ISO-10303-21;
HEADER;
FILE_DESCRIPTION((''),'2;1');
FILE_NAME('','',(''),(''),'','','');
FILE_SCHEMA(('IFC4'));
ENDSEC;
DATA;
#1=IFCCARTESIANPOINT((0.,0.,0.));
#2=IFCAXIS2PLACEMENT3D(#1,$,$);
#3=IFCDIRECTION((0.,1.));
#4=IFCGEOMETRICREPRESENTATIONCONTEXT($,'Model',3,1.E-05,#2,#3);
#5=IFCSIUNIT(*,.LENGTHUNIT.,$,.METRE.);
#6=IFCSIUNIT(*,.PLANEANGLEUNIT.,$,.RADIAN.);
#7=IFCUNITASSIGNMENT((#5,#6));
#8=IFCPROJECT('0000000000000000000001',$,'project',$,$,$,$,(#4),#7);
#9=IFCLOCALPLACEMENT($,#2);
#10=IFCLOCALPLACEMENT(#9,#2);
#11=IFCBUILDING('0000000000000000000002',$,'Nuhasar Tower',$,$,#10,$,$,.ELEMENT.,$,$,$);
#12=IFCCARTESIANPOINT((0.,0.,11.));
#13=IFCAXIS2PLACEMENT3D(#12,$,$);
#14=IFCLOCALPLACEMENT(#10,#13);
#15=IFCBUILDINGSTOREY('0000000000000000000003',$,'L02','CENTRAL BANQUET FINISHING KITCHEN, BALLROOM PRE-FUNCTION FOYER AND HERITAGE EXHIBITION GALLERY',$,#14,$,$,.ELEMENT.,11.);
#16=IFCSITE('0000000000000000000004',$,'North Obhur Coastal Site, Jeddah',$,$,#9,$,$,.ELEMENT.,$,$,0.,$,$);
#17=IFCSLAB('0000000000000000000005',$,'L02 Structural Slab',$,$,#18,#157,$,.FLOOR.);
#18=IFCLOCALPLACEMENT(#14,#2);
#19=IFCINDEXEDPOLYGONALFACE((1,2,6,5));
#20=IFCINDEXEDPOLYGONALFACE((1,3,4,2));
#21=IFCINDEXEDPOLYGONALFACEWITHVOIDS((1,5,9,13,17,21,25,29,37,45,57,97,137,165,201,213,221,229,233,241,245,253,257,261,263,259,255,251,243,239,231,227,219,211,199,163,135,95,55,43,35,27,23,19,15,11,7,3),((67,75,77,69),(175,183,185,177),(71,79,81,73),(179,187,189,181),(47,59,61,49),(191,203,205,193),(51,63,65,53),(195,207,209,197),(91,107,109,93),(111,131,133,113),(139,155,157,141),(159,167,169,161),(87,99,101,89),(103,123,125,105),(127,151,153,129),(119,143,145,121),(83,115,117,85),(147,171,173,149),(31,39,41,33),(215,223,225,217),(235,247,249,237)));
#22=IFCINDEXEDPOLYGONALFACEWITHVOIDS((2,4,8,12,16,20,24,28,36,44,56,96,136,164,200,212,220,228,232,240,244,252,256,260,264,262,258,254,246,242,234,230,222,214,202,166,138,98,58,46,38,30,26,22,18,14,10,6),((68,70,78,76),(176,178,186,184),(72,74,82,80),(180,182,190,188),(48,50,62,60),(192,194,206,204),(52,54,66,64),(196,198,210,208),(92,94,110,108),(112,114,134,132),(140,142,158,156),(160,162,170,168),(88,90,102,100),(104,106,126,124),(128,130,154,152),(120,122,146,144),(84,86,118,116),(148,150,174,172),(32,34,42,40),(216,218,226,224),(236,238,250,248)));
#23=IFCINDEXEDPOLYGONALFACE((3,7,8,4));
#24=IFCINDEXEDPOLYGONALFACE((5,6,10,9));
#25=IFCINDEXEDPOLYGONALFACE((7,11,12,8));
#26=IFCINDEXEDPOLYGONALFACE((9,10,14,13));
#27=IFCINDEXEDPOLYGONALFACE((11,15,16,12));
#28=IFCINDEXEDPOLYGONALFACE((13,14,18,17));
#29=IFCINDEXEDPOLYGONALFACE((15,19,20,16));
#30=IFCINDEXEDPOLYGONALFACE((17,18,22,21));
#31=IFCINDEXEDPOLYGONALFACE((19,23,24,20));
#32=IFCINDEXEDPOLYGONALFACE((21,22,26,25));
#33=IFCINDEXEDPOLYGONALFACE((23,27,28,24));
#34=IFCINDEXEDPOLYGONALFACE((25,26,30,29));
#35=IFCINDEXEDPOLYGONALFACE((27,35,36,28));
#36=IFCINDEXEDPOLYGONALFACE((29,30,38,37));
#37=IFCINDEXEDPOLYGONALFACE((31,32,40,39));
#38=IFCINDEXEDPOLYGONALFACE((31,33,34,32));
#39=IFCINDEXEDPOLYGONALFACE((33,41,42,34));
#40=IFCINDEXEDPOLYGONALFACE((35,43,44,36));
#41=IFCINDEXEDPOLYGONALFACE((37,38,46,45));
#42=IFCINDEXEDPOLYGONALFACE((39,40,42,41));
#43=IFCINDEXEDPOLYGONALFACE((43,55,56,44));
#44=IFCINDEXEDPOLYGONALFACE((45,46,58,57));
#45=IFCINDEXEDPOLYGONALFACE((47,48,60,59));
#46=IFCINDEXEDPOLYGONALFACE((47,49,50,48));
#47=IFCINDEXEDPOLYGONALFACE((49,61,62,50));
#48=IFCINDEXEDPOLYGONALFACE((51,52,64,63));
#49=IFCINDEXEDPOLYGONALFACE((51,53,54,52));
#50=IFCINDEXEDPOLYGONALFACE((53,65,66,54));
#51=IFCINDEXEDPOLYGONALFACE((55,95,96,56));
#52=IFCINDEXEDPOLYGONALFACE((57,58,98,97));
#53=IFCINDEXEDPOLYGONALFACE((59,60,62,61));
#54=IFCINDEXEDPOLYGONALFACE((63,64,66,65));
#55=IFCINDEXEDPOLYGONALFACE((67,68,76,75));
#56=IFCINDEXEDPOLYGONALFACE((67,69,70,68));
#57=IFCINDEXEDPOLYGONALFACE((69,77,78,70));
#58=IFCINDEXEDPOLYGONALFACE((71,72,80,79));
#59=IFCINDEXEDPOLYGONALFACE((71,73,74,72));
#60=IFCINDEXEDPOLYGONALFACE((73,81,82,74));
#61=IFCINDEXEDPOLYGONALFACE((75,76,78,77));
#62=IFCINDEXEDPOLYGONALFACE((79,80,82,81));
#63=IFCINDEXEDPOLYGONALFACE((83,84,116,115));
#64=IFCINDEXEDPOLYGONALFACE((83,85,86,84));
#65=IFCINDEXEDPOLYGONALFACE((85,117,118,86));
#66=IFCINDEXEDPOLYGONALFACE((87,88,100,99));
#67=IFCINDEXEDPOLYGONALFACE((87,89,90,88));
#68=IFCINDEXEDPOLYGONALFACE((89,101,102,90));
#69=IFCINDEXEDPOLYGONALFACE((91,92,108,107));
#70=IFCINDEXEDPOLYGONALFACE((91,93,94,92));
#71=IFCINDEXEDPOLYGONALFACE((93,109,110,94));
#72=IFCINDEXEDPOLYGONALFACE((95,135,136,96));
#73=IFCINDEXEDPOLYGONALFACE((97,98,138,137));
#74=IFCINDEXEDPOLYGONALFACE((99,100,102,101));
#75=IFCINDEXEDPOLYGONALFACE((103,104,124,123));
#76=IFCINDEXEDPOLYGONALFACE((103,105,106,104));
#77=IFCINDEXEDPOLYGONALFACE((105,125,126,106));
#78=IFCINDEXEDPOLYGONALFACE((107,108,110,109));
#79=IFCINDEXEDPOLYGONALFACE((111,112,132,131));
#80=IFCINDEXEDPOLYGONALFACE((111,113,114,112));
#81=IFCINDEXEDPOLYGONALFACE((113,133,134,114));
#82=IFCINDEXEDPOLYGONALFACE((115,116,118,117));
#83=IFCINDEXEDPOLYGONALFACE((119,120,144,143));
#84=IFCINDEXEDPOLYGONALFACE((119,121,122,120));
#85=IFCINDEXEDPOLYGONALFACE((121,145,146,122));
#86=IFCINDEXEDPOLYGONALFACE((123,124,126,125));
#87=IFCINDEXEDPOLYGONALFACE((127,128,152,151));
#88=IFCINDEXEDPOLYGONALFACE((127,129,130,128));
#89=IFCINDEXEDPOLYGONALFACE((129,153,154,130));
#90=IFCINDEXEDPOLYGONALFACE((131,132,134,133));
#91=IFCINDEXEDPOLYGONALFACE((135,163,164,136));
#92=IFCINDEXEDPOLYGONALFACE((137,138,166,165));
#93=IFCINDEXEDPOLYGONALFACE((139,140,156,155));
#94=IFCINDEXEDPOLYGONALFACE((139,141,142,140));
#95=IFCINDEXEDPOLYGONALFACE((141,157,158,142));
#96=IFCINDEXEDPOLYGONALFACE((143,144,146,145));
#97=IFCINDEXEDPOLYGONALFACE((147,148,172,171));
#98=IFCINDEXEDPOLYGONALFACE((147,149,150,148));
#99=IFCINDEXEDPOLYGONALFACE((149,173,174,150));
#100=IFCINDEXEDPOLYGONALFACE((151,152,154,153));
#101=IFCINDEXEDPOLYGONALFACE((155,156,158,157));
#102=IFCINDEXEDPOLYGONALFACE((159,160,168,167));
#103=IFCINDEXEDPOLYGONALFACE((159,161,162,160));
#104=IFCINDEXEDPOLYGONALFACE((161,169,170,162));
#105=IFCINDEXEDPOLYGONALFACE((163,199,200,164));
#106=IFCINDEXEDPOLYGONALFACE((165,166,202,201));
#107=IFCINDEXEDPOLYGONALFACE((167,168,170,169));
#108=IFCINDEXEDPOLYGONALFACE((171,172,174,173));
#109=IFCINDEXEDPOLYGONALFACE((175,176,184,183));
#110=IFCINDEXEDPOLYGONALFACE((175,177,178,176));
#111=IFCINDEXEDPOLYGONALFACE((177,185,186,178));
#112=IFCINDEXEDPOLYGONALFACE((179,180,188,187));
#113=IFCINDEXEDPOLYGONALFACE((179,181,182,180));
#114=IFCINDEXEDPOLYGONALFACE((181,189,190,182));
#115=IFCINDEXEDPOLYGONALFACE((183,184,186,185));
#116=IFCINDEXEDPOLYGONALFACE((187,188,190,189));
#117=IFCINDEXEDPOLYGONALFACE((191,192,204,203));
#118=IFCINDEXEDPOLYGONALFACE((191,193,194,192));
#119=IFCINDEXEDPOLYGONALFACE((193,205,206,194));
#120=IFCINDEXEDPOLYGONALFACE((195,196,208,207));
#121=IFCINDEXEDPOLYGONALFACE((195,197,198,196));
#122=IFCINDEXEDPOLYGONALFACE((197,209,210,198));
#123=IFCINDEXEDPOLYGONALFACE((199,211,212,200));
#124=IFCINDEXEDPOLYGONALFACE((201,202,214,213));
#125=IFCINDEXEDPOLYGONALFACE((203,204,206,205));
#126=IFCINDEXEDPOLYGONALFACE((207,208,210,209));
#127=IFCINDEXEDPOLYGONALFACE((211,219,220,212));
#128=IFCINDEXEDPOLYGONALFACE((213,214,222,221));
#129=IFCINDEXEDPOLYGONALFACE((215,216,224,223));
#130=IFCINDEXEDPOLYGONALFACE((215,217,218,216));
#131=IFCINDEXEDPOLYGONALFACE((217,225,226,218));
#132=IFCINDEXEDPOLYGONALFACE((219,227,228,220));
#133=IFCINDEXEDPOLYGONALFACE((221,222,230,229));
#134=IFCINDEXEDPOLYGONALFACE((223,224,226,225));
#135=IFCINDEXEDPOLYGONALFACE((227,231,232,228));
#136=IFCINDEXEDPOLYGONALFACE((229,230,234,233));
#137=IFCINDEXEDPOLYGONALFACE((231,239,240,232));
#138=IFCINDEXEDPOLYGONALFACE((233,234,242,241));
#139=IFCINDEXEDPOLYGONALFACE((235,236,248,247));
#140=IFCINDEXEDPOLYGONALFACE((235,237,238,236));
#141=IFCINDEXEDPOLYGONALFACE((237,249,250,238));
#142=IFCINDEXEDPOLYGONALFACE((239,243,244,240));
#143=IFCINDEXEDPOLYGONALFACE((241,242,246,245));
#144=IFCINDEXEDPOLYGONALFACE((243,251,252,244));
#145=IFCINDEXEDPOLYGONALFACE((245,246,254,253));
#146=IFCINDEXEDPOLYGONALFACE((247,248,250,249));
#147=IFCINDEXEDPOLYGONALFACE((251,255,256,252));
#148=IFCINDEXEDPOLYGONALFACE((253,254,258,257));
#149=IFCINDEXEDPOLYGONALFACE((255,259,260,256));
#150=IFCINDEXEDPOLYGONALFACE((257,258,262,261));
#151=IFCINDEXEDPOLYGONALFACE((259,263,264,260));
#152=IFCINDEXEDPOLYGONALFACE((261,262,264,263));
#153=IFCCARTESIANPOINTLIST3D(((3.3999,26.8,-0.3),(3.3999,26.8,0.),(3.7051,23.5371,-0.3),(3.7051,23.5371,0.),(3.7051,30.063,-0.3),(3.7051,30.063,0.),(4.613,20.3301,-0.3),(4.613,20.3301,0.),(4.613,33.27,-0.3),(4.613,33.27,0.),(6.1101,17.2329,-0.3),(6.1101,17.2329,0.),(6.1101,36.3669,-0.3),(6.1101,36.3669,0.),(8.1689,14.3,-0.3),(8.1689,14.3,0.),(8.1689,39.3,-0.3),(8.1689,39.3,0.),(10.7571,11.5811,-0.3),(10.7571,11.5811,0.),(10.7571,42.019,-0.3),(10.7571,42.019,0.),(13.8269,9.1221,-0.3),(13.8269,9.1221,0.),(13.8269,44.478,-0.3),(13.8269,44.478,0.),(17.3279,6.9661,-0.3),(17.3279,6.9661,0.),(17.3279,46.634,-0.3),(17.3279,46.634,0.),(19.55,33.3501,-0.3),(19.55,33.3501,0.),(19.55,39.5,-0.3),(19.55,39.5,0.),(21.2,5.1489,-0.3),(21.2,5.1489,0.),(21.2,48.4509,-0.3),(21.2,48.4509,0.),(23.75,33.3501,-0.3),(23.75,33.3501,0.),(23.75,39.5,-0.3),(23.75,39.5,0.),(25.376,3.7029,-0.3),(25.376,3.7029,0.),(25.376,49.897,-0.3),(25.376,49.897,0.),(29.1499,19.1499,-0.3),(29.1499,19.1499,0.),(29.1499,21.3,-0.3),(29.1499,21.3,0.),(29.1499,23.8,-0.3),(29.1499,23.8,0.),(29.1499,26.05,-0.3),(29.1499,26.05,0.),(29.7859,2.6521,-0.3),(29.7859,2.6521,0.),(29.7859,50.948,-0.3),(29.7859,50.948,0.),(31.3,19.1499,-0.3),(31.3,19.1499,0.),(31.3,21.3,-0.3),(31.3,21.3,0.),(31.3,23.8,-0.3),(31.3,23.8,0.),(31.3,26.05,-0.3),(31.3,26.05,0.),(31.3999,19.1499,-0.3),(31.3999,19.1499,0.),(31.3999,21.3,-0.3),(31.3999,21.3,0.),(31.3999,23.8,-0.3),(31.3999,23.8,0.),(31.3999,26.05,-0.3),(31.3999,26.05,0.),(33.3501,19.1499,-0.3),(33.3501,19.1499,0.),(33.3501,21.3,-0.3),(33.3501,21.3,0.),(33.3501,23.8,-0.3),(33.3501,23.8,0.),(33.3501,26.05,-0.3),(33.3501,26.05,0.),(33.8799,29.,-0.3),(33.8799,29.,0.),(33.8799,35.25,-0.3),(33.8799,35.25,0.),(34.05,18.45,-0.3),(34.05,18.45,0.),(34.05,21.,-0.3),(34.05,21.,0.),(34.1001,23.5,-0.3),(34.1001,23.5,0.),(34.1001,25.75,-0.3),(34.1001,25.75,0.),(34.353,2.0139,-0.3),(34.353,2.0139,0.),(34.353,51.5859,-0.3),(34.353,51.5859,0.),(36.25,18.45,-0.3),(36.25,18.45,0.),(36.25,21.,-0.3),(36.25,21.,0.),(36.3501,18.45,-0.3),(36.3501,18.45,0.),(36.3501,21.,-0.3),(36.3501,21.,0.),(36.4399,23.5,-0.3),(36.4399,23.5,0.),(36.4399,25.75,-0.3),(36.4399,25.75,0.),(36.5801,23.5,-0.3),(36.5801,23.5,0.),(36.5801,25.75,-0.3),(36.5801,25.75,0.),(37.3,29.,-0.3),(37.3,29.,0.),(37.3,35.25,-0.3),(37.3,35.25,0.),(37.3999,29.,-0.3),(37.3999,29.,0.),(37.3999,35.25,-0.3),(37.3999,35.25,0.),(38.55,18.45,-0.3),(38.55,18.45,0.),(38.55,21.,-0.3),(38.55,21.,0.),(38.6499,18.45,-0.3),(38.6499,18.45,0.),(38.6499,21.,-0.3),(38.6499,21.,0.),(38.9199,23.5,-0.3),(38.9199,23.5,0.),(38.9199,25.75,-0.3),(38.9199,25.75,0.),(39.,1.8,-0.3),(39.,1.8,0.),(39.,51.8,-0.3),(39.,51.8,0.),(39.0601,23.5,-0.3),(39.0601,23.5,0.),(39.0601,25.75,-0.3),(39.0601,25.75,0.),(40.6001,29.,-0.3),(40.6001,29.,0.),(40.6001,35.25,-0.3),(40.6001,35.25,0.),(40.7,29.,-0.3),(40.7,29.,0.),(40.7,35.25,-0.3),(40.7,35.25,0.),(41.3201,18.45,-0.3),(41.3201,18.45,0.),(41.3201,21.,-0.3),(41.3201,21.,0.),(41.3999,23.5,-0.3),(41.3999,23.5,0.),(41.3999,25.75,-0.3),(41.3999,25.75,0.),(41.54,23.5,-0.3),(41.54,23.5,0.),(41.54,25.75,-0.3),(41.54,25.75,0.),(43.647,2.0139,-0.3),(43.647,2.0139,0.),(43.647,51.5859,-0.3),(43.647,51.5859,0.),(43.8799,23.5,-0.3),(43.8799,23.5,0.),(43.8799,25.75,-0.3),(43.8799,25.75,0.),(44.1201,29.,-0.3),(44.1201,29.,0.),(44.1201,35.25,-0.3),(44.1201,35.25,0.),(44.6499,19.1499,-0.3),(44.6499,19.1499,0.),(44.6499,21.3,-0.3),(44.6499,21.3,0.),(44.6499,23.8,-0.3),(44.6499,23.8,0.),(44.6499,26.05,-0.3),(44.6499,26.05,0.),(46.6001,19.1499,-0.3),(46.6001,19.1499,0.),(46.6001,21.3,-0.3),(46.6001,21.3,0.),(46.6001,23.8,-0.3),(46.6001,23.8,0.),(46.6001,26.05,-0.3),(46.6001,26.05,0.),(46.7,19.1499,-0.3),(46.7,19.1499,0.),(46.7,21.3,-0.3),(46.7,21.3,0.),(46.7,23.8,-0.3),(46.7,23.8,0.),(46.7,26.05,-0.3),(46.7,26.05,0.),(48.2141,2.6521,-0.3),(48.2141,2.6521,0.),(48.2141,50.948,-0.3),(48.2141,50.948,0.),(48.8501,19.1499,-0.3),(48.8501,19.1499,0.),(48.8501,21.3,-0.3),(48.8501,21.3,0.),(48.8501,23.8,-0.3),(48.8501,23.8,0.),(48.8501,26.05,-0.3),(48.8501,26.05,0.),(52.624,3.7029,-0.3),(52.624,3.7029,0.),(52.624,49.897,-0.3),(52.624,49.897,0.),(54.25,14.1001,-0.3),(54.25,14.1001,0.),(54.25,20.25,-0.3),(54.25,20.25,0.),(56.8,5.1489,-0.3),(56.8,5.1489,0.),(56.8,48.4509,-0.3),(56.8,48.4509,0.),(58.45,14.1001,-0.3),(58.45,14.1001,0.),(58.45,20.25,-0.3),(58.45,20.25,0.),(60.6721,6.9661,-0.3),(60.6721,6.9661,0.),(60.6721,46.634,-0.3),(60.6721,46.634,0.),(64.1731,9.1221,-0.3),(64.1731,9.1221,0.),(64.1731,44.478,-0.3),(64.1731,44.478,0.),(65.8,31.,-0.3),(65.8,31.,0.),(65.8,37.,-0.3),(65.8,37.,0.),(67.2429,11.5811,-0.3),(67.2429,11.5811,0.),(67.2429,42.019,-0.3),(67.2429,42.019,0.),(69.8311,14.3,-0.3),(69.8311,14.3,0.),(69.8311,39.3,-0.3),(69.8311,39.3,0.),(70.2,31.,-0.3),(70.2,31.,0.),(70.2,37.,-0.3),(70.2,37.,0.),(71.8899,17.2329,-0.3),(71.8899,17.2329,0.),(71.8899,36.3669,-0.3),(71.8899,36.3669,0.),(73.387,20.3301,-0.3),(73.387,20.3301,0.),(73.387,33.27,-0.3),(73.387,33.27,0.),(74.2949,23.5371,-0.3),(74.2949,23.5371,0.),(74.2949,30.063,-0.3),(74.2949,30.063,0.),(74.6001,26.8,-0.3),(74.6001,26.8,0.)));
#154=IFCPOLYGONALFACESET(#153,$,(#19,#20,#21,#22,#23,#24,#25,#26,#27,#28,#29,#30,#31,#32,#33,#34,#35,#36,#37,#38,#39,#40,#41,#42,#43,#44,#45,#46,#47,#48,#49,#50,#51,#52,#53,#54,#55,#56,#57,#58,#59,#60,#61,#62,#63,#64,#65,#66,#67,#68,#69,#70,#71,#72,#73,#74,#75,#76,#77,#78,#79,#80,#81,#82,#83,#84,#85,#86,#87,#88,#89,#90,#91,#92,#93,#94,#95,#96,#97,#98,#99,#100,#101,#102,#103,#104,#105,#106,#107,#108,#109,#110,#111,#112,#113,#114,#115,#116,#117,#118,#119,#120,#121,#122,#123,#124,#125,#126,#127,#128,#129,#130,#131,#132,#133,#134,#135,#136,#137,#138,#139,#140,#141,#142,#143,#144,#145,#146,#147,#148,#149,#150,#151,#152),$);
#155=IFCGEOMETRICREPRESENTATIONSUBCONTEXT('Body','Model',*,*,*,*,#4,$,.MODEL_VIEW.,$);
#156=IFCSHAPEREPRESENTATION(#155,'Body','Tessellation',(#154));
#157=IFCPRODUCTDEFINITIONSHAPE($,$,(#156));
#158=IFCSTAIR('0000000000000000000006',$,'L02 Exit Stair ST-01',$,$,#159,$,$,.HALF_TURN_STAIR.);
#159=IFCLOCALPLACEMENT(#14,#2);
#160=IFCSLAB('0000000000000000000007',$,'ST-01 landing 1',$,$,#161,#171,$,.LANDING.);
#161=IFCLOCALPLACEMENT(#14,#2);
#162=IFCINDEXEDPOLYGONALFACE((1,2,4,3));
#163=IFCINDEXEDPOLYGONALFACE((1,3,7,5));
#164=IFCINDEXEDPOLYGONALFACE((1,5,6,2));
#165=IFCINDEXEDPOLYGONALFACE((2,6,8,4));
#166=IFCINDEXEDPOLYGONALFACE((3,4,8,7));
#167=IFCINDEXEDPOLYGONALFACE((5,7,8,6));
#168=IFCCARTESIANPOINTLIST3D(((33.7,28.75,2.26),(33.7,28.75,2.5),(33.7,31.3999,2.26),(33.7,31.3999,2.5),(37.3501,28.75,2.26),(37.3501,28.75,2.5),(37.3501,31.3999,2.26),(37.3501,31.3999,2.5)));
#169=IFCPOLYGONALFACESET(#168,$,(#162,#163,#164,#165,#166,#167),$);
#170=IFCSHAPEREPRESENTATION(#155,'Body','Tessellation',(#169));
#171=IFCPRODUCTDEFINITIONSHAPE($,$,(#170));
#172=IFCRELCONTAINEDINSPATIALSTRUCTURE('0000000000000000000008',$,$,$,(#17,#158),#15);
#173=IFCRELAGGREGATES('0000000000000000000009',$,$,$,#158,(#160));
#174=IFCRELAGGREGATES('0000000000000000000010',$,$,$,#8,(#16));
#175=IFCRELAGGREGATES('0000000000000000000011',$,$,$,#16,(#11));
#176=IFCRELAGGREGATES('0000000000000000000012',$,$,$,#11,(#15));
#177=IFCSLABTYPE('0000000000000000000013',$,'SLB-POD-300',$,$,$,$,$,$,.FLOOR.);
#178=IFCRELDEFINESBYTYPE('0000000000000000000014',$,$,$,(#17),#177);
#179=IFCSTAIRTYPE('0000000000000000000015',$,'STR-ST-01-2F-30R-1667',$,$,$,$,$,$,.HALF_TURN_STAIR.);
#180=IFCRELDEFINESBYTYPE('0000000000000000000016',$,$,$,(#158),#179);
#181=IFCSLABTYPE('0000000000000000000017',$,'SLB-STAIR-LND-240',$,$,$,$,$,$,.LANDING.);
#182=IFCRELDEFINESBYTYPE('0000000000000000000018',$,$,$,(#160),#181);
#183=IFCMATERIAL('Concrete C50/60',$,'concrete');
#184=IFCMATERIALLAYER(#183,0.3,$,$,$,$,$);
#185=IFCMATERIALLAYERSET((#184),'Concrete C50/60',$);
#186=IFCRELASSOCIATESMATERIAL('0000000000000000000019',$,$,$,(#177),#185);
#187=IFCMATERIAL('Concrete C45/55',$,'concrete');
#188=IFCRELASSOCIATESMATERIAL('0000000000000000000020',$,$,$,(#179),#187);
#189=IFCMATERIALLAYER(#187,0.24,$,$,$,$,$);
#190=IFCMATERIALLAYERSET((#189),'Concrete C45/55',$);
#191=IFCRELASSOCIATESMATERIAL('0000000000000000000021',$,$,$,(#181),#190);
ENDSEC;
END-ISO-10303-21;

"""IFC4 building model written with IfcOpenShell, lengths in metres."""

from ifc_helpers import new_model, si_unit, direction, frame, origin, place, context, subcontext, project, spatial, polyline, outline, extrude, material, layer, layer_set, type_object, element, aggregate, save


model = new_model("IFC4")

# Units and contexts
model_context = context("Model", 3, precision=1e-05, world=origin(), true_north=direction((0.0, 1.0)))
body_context = subcontext(model_context, "Body", "Model", "MODEL_VIEW")
ifc_project = project(units=[si_unit("LENGTHUNIT", "METRE"), si_unit("PLANEANGLEUNIT", "RADIAN")], contexts=[model_context])

# Site, building, storey
site_placement = place(None, origin())
site = spatial("IfcSite", under=ifc_project, at=site_placement, Name="North Obhur Coastal Site, Jeddah", CompositionType="ELEMENT", RefElevation=0.0)
building_placement = place(site_placement, origin())
building = spatial("IfcBuilding", under=site, at=building_placement, Name="Nuhasar Tower", CompositionType="ELEMENT")
storey_placement = place(building_placement, frame((0.0, 0.0, 11.0)))
storey = spatial("IfcBuildingStorey", under=building, at=storey_placement, Name="L02", Description="CENTRAL BANQUET FINISHING KITCHEN, BALLROOM PRE-FUNCTION FOYER AND HERITAGE EXHIBITION GALLERY", CompositionType="ELEMENT", Elevation=11.0)

# Shared definitions
ifc_material_1 = material(Name="Concrete C50/60", Category="concrete")

# Slab
ifc_layer_1 = layer(ifc_material_1, 0.3)
ifc_layer_set_1 = layer_set([ifc_layer_1], Name="Concrete C50/60")
slab_type_1 = type_object("IfcSlabType", Name="SLB-POD-300", PredefinedType="FLOOR", material=ifc_layer_set_1)
slab_1_placement = place(storey_placement, frame((0.0, 0.0, -0.3)))
element("IfcSlab", 1, at=slab_1_placement, inside=storey, type_object=slab_type_1, Name="L02 Structural Slab", PredefinedType="FLOOR", context=body_context, shape_type="SweptSolid", body=[
    extrude(outline(polyline([(74.6001, 26.8), (74.2949, 30.063), (73.387, 33.27), (71.8899, 36.3669), (69.8311, 39.3), (67.2429, 42.019), (64.1731, 44.478), (60.6721, 46.634), (56.8, 48.4509), (52.624, 49.897), (48.2141, 50.948), (43.647, 51.5859), (39.0, 51.8), (34.353, 51.5859), (29.7859, 50.948), (25.376, 49.897), (21.2, 48.4509), (17.3279, 46.634), (13.8269, 44.478), (10.7571, 42.019), (8.1689, 39.3), (6.1101, 36.3669), (4.613, 33.27), (3.7051, 30.063), (3.3999, 26.8), (3.7051, 23.5371), (4.613, 20.3301), (6.1101, 17.2329), (8.1689, 14.3), (10.7571, 11.5811), (13.8269, 9.1221), (17.3279, 6.9661), (21.2, 5.1489), (25.376, 3.7029), (29.7859, 2.6521), (34.353, 2.0139), (39.0, 1.8), (43.647, 2.0139), (48.2141, 2.6521), (52.624, 3.7029), (56.8, 5.1489), (60.6721, 6.9661), (64.1731, 9.1221), (67.2429, 11.5811), (69.8311, 14.3), (71.8899, 17.2329), (73.387, 20.3301), (74.2949, 23.5371), (74.6001, 26.8)]), holes=[polyline([(33.8799, 35.25), (37.3, 35.25), (37.3, 29.0), (33.8799, 29.0), (33.8799, 35.25)]), polyline([(37.3999, 35.25), (40.6001, 35.25), (40.6001, 29.0), (37.3999, 29.0), (37.3999, 35.25)]), polyline([(40.7, 35.25), (44.1201, 35.25), (44.1201, 29.0), (40.7, 29.0), (40.7, 35.25)]), polyline([(19.55, 39.5), (23.75, 39.5), (23.75, 33.3501), (19.55, 33.3501), (19.55, 39.5)]), polyline([(54.25, 20.25), (58.45, 20.25), (58.45, 14.1001), (54.25, 14.1001), (54.25, 20.25)]), polyline([(29.1499, 26.05), (31.3, 26.05), (31.3, 23.8), (29.1499, 23.8), (29.1499, 26.05)]), polyline([(31.3999, 26.05), (33.3501, 26.05), (33.3501, 23.8), (31.3999, 23.8), (31.3999, 26.05)]), polyline([(29.1499, 21.3), (31.3, 21.3), (31.3, 19.1499), (29.1499, 19.1499), (29.1499, 21.3)]), polyline([(31.3999, 21.3), (33.3501, 21.3), (33.3501, 19.1499), (31.3999, 19.1499), (31.3999, 21.3)]), polyline([(44.6499, 26.05), (46.6001, 26.05), (46.6001, 23.8), (44.6499, 23.8), (44.6499, 26.05)]), polyline([(46.7, 26.05), (48.8501, 26.05), (48.8501, 23.8), (46.7, 23.8), (46.7, 26.05)]), polyline([(44.6499, 21.3), (46.6001, 21.3), (46.6001, 19.1499), (44.6499, 19.1499), (44.6499, 21.3)]), polyline([(46.7, 21.3), (48.8501, 21.3), (48.8501, 19.1499), (46.7, 19.1499), (46.7, 21.3)]), polyline([(34.1001, 25.75), (36.4399, 25.75), (36.4399, 23.5), (34.1001, 23.5), (34.1001, 25.75)]), polyline([(36.5801, 25.75), (38.9199, 25.75), (38.9199, 23.5), (36.5801, 23.5), (36.5801, 25.75)]), polyline([(39.0601, 25.75), (41.3999, 25.75), (41.3999, 23.5), (39.0601, 23.5), (39.0601, 25.75)]), polyline([(41.54, 25.75), (43.8799, 25.75), (43.8799, 23.5), (41.54, 23.5), (41.54, 25.75)]), polyline([(34.05, 21.0), (36.25, 21.0), (36.25, 18.45), (34.05, 18.45), (34.05, 21.0)]), polyline([(36.3501, 21.0), (38.55, 21.0), (38.55, 18.45), (36.3501, 18.45), (36.3501, 21.0)]), polyline([(38.6499, 21.0), (41.3201, 21.0), (41.3201, 18.45), (38.6499, 18.45), (38.6499, 21.0)]), polyline([(65.8, 37.0), (70.2, 37.0), (70.2, 31.0), (65.8, 31.0), (65.8, 37.0)])]), origin(), (0.0, 0.0, 1.0), 0.3),
])

# Stair, slab
ifc_material_2 = material(Name="Concrete C45/55", Category="concrete")
stair_type_1 = type_object("IfcStairType", Name="STR-ST-01-2F-30R-1667", PredefinedType="HALF_TURN_STAIR", material=ifc_material_2)
stair_1_placement = place(storey_placement, origin())
stair_1 = element("IfcStair", 2, at=stair_1_placement, inside=storey, type_object=stair_type_1, Name="L02 Exit Stair ST-01", PredefinedType="HALF_TURN_STAIR")
ifc_layer_2 = layer(ifc_material_2, 0.24)
ifc_layer_set_2 = layer_set([ifc_layer_2], Name="Concrete C45/55")
slab_type_2 = type_object("IfcSlabType", Name="SLB-STAIR-LND-240", PredefinedType="LANDING", material=ifc_layer_set_2)
slab_2_placement = place(storey_placement, frame((0.0, 0.0, 2.26)))
slab_2 = element("IfcSlab", 3, at=slab_2_placement, type_object=slab_type_2, Name="ST-01 landing 1", PredefinedType="LANDING", context=body_context, shape_type="SweptSolid", body=[
    extrude(outline(polyline([(33.7, 28.75), (37.3501, 28.75), (37.3501, 31.3999), (33.7, 31.3999), (33.7, 28.75)])), origin(), (0.0, 0.0, 1.0), 0.24),
])
aggregate(stair_1, [slab_2])

save(model, "model.ifc")
